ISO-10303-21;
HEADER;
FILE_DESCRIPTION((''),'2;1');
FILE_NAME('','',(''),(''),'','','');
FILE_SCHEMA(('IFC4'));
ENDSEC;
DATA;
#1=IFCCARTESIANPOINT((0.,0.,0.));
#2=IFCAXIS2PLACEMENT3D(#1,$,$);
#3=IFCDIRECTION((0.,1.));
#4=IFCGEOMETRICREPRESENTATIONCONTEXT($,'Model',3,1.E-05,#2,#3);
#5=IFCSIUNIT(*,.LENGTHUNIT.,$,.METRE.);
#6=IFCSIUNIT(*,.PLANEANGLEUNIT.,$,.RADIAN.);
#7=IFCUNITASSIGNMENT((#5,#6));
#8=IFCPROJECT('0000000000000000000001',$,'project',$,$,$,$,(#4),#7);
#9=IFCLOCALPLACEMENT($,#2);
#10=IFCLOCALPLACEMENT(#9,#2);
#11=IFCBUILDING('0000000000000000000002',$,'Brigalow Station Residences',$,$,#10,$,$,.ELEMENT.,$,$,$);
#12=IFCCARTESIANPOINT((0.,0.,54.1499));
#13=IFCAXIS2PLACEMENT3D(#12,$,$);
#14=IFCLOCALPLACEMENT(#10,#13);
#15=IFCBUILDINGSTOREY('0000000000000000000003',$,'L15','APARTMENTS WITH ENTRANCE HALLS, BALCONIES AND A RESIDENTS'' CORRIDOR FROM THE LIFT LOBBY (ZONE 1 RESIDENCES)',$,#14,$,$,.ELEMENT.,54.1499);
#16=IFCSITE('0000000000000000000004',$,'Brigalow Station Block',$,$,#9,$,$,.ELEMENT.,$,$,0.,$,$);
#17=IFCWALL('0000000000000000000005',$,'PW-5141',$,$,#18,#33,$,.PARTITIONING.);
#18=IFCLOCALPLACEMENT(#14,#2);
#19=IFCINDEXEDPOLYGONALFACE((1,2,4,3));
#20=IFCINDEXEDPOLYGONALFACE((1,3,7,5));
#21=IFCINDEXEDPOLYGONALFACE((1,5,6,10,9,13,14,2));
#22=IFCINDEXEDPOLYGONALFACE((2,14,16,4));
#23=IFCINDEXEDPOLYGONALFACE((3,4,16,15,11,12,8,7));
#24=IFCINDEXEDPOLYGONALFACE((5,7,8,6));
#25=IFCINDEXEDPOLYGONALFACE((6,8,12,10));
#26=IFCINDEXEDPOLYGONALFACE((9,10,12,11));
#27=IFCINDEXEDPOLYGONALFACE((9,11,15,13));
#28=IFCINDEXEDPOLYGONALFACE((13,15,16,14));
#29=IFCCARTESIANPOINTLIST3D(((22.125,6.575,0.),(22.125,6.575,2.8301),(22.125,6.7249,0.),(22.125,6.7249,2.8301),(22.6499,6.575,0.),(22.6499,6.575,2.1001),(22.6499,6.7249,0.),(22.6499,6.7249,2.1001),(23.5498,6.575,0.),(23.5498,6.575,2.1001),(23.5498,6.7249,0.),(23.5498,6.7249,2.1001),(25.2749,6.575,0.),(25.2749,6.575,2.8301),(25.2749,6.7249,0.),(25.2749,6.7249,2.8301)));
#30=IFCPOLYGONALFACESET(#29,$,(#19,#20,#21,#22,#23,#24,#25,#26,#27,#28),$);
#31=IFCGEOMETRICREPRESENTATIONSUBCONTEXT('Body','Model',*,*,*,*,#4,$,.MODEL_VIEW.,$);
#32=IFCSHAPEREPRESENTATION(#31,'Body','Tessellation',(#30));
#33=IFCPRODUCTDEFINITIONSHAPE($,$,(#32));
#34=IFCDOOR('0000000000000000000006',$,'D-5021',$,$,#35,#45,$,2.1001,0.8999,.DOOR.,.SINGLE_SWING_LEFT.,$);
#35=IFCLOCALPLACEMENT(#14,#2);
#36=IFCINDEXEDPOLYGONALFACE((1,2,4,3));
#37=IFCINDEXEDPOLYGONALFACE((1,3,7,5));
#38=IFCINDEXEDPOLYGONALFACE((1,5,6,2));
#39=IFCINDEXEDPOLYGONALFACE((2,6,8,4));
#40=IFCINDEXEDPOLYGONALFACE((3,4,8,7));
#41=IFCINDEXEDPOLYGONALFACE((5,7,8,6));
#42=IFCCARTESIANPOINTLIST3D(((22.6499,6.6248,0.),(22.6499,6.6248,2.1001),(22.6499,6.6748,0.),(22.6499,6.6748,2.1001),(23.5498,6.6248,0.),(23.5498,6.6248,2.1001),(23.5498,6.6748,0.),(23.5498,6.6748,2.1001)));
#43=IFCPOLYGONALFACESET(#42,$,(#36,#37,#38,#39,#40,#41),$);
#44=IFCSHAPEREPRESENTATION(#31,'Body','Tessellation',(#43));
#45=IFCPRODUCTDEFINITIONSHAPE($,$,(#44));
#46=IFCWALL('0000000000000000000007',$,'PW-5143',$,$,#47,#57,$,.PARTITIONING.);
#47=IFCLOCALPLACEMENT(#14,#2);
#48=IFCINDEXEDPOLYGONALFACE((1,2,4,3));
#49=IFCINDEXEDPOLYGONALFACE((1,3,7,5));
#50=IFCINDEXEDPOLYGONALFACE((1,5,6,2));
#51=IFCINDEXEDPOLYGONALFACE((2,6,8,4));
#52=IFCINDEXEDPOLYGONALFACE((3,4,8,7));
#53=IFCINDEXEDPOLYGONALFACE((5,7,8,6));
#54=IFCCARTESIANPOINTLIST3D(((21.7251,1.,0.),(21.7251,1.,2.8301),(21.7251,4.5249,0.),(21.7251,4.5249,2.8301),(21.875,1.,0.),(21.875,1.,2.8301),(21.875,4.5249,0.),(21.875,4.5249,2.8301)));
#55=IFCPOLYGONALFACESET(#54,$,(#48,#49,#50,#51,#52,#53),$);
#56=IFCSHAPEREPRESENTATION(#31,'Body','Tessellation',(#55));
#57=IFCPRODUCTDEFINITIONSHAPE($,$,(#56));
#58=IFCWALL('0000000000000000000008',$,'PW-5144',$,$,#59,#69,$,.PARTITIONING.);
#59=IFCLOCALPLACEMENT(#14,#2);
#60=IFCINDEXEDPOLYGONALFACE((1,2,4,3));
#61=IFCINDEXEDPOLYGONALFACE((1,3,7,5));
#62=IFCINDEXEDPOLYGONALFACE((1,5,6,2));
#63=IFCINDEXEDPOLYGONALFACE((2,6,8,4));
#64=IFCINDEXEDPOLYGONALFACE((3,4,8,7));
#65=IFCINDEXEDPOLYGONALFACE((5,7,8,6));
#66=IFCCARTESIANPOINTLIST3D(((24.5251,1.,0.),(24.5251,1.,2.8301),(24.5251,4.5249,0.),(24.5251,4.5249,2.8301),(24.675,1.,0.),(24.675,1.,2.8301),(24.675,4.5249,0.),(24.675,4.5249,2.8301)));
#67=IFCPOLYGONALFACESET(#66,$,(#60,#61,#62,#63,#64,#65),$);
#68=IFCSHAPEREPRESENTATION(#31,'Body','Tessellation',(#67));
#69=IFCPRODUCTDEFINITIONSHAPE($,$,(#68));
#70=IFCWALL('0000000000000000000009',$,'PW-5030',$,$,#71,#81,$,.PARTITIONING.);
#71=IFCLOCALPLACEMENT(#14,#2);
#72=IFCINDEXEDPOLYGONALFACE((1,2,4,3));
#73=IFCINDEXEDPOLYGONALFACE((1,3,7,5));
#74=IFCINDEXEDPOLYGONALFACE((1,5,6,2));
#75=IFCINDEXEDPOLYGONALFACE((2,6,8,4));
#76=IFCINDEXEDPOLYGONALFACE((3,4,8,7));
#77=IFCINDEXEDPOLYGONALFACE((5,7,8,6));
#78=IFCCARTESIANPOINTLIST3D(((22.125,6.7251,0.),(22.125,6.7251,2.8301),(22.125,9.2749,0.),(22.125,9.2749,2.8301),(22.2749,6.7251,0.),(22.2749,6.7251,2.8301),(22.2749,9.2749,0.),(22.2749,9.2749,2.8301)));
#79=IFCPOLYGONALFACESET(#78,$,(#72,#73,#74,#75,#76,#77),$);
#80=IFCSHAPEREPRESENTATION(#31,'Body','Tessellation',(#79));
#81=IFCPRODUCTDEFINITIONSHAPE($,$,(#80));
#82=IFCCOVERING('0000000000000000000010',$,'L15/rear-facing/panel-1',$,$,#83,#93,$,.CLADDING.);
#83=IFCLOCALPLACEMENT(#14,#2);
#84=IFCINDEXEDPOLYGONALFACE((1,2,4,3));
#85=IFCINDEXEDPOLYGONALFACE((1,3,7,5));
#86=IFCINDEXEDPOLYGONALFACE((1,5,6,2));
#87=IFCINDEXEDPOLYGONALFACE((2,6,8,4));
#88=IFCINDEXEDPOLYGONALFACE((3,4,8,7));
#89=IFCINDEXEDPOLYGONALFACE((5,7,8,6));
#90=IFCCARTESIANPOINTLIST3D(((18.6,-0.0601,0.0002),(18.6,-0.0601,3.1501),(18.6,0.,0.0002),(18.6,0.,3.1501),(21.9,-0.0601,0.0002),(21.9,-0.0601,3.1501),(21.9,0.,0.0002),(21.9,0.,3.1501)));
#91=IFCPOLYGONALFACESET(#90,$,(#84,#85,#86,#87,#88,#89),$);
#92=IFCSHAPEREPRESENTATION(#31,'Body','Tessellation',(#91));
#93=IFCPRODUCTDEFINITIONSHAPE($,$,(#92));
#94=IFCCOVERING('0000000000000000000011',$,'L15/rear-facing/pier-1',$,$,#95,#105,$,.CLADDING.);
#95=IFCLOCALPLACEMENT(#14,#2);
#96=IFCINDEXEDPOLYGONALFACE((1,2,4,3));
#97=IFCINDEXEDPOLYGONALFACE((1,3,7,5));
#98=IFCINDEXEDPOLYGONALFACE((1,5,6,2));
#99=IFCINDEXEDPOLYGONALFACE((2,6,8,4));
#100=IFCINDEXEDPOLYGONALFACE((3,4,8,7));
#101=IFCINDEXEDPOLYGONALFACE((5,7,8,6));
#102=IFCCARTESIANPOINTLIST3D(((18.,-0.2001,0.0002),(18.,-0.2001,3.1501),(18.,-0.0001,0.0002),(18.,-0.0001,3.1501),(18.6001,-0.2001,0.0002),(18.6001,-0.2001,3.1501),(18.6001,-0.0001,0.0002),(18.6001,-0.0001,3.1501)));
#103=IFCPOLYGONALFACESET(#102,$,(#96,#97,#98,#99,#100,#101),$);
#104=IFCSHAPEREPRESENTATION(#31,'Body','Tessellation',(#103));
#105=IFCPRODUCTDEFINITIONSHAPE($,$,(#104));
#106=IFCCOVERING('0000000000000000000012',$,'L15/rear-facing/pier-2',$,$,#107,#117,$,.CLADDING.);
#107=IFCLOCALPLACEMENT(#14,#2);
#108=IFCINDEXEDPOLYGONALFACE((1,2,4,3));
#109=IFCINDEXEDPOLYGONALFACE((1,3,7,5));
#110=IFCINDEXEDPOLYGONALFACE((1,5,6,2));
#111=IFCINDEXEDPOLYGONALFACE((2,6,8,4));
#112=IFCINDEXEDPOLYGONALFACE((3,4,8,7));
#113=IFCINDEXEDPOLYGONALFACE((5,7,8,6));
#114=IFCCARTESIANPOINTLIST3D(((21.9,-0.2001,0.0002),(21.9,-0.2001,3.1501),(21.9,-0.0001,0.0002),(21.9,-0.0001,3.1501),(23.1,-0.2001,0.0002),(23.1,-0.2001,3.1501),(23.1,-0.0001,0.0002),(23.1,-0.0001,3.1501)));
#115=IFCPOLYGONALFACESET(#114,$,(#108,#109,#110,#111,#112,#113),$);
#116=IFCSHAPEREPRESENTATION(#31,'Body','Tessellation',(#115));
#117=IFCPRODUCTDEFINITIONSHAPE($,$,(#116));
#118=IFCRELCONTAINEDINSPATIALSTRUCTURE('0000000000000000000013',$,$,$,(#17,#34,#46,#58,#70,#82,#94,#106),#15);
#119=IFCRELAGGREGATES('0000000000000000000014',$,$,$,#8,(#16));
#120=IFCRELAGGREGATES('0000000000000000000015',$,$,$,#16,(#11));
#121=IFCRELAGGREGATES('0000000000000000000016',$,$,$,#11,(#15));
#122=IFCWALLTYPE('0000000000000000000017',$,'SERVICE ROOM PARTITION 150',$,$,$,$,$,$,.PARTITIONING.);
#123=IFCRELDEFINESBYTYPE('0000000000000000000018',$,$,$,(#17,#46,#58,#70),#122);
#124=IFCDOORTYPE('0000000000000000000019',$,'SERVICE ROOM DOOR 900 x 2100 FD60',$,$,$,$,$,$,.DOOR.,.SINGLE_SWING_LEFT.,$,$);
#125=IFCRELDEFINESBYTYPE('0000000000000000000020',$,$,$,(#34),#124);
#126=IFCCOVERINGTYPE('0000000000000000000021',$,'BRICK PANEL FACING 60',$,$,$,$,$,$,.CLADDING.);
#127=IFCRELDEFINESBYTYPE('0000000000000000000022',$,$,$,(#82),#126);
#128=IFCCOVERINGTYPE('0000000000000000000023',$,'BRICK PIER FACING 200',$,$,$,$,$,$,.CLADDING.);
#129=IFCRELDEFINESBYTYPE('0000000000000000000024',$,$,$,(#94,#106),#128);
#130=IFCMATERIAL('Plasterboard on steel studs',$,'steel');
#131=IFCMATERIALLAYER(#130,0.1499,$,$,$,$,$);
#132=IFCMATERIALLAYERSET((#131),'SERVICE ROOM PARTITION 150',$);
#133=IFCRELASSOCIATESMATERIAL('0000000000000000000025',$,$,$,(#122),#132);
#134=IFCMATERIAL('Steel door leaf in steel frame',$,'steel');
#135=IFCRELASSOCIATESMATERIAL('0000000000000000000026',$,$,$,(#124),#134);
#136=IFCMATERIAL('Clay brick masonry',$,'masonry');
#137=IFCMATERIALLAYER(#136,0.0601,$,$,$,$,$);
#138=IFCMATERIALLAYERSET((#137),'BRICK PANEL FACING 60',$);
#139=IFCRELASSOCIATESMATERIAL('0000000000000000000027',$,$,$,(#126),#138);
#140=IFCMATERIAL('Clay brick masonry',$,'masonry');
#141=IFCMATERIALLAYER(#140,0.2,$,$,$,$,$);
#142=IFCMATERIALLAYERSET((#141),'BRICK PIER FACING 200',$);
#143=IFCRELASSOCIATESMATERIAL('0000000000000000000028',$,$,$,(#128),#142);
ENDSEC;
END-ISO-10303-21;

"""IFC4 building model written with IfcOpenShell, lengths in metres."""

from ifc_helpers import new_model, si_unit, direction, frame, frame_2d, origin, origin_2d, place, context, subcontext, project, spatial, rectangle, extrude, material, layer, layer_set, type_object, element, fill, save


model = new_model("IFC4")

# Units and contexts
model_context = context("Model", 3, precision=1e-05, world=origin(), true_north=direction((0.0, 1.0)))
body_context = subcontext(model_context, "Body", "Model", "MODEL_VIEW")
ifc_project = project(units=[si_unit("LENGTHUNIT", "METRE"), si_unit("PLANEANGLEUNIT", "RADIAN")], contexts=[model_context])

# Site, building, storey
site_placement = place(None, origin())
site = spatial("IfcSite", under=ifc_project, at=site_placement, Name="Brigalow Station Block", CompositionType="ELEMENT", RefElevation=0.0)
building_placement = place(site_placement, origin())
building = spatial("IfcBuilding", under=site, at=building_placement, Name="Brigalow Station Residences", CompositionType="ELEMENT")
storey_placement = place(building_placement, frame((0.0, 0.0, 54.1499)))
storey = spatial("IfcBuildingStorey", under=building, at=storey_placement, Name="L15", Description="APARTMENTS WITH ENTRANCE HALLS, BALCONIES AND A RESIDENTS' CORRIDOR FROM THE LIFT LOBBY (ZONE 1 RESIDENCES)", CompositionType="ELEMENT", Elevation=54.1499)

# Shared definitions
ifc_material_1 = material(Name="Plasterboard on steel studs", Category="steel")
ifc_layer_1 = layer(ifc_material_1, 0.1499)
ifc_layer_set_1 = layer_set([ifc_layer_1], Name="SERVICE ROOM PARTITION 150")
wall_type_1 = type_object("IfcWallType", Name="SERVICE ROOM PARTITION 150", PredefinedType="PARTITIONING", material=ifc_layer_set_1)
ifc_material_2 = material(Name="Steel door leaf in steel frame", Category="steel")
door_type = type_object("IfcDoorType", Name="SERVICE ROOM DOOR 900 x 2100 FD60", OperationType="SINGLE_SWING_LEFT", PredefinedType="DOOR", material=ifc_material_2)

# Wall, opening, door
wall_1_placement = place(storey_placement, frame((22.125, 6.6499, 0.0), z_axis=(0.0, 0.0, 1.0), x_axis=(1.0, 0.0, 0.0)))
wall_1 = element("IfcWall", 1, at=wall_1_placement, inside=storey, type_object=wall_type_1, Name="PW-5141", PredefinedType="PARTITIONING", context=body_context, shape_type="SweptSolid", body=[
    extrude(rectangle(XDim=3.1499, YDim=0.1499, at=frame_2d((1.575, 0.0))), origin(), (0.0, 0.0, 1.0), 2.8301),
])
opening_1_placement = place(wall_1_placement, frame((0.5249, 0.0, 0.0)))
opening_1 = element("IfcOpeningElement", 2, at=opening_1_placement, cuts=wall_1, PredefinedType="OPENING", context=body_context, shape_type="SweptSolid", body=[
    extrude(rectangle(XDim=0.8999, YDim=2.1001, at=frame_2d((0.45, 1.05))), frame((0.0, 0.085, 0.0), z_axis=(0.0, -1.0, 0.0), x_axis=(1.0, 0.0, 0.0)), (0.0, 0.0, 1.0), 0.1699),
])
door_1_placement = place(opening_1_placement, origin())
door_1 = element("IfcDoor", 3, at=door_1_placement, inside=storey, type_object=door_type, Name="D-5021", OperationType="SINGLE_SWING_LEFT", OverallHeight=2.1001, OverallWidth=0.8999, PredefinedType="DOOR", context=body_context, shape_type="SweptSolid", body=[
    extrude(rectangle(XDim=0.8999, YDim=2.1001, at=frame_2d((0.45, 1.05))), frame((0.0, 0.0249, 0.0), z_axis=(0.0, -1.0, 0.0), x_axis=(1.0, 0.0, 0.0)), (0.0, 0.0, 1.0), 0.05),
])
fill(opening_1, door_1)

# Walls
for number, where, z_axis, x_axis, name in (
    (4, (21.8, 1.0, 0.0), (0.0, 0.0, 1.0), (0.0, 1.0, 0.0), "PW-5143"),
    (5, (24.6001, 1.0, 0.0), (0.0, 0.0, 1.0), (0.0, 1.0, 0.0), "PW-5144"),
):
    element("IfcWall", number, at=place(storey_placement, frame(where, z_axis=z_axis, x_axis=x_axis)), inside=storey, type_object=wall_type_1, Name=name, PredefinedType="PARTITIONING", context=body_context, shape_type="SweptSolid", body=[
        extrude(rectangle(XDim=3.5249, YDim=0.1499, at=frame_2d((1.7625, 0.0))), origin(), (0.0, 0.0, 1.0), 2.8301),
    ])
wall_2_placement = place(storey_placement, frame((22.2, 6.7251, 0.0), z_axis=(0.0, 0.0, 1.0), x_axis=(0.0, 1.0, 0.0)))
element("IfcWall", 6, at=wall_2_placement, inside=storey, type_object=wall_type_1, Name="PW-5030", PredefinedType="PARTITIONING", context=body_context, shape_type="SweptSolid", body=[
    extrude(rectangle(XDim=2.5498, YDim=0.1499, at=frame_2d((1.2749, 0.0))), origin(), (0.0, 0.0, 1.0), 2.8301),
])

# Coverings
ifc_material_3 = material(Name="Clay brick masonry", Category="masonry")
ifc_layer_2 = layer(ifc_material_3, 0.0601)
ifc_layer_set_2 = layer_set([ifc_layer_2], Name="BRICK PANEL FACING 60")
covering_type_1 = type_object("IfcCoveringType", Name="BRICK PANEL FACING 60", PredefinedType="CLADDING", material=ifc_layer_set_2)
covering_1_placement = place(storey_placement, frame((20.25, -0.03, 0.0002), z_axis=(0.0, 0.0, 1.0), x_axis=(1.0, 0.0, 0.0)))
element("IfcCovering", 7, at=covering_1_placement, inside=storey, type_object=covering_type_1, Name="L15/rear-facing/panel-1", PredefinedType="CLADDING", context=body_context, shape_type="SweptSolid", body=[
    extrude(rectangle(XDim=3.3, YDim=0.0601, at=origin_2d()), origin(), (0.0, 0.0, 1.0), 3.1499),
])
ifc_material_4 = material(Name="Clay brick masonry", Category="masonry")
ifc_layer_3 = layer(ifc_material_4, 0.2)
ifc_layer_set_3 = layer_set([ifc_layer_3], Name="BRICK PIER FACING 200")
covering_type_2 = type_object("IfcCoveringType", Name="BRICK PIER FACING 200", PredefinedType="CLADDING", material=ifc_layer_set_3)
covering_2_placement = place(storey_placement, frame((18.3, -0.1001, 0.0002), z_axis=(0.0, 0.0, 1.0), x_axis=(1.0, 0.0, 0.0)))
element("IfcCovering", 8, at=covering_2_placement, inside=storey, type_object=covering_type_2, Name="L15/rear-facing/pier-1", PredefinedType="CLADDING", context=body_context, shape_type="SweptSolid", body=[
    extrude(rectangle(XDim=0.6001, YDim=0.2, at=origin_2d()), origin(), (0.0, 0.0, 1.0), 3.1499),
])
covering_3_placement = place(storey_placement, frame((22.5, -0.1001, 0.0002), z_axis=(0.0, 0.0, 1.0), x_axis=(1.0, 0.0, 0.0)))
element("IfcCovering", 9, at=covering_3_placement, inside=storey, type_object=covering_type_2, Name="L15/rear-facing/pier-2", PredefinedType="CLADDING", context=body_context, shape_type="SweptSolid", body=[
    extrude(rectangle(XDim=1.2, YDim=0.2, at=origin_2d()), origin(), (0.0, 0.0, 1.0), 3.1499),
])

save(model, "model.ifc")
